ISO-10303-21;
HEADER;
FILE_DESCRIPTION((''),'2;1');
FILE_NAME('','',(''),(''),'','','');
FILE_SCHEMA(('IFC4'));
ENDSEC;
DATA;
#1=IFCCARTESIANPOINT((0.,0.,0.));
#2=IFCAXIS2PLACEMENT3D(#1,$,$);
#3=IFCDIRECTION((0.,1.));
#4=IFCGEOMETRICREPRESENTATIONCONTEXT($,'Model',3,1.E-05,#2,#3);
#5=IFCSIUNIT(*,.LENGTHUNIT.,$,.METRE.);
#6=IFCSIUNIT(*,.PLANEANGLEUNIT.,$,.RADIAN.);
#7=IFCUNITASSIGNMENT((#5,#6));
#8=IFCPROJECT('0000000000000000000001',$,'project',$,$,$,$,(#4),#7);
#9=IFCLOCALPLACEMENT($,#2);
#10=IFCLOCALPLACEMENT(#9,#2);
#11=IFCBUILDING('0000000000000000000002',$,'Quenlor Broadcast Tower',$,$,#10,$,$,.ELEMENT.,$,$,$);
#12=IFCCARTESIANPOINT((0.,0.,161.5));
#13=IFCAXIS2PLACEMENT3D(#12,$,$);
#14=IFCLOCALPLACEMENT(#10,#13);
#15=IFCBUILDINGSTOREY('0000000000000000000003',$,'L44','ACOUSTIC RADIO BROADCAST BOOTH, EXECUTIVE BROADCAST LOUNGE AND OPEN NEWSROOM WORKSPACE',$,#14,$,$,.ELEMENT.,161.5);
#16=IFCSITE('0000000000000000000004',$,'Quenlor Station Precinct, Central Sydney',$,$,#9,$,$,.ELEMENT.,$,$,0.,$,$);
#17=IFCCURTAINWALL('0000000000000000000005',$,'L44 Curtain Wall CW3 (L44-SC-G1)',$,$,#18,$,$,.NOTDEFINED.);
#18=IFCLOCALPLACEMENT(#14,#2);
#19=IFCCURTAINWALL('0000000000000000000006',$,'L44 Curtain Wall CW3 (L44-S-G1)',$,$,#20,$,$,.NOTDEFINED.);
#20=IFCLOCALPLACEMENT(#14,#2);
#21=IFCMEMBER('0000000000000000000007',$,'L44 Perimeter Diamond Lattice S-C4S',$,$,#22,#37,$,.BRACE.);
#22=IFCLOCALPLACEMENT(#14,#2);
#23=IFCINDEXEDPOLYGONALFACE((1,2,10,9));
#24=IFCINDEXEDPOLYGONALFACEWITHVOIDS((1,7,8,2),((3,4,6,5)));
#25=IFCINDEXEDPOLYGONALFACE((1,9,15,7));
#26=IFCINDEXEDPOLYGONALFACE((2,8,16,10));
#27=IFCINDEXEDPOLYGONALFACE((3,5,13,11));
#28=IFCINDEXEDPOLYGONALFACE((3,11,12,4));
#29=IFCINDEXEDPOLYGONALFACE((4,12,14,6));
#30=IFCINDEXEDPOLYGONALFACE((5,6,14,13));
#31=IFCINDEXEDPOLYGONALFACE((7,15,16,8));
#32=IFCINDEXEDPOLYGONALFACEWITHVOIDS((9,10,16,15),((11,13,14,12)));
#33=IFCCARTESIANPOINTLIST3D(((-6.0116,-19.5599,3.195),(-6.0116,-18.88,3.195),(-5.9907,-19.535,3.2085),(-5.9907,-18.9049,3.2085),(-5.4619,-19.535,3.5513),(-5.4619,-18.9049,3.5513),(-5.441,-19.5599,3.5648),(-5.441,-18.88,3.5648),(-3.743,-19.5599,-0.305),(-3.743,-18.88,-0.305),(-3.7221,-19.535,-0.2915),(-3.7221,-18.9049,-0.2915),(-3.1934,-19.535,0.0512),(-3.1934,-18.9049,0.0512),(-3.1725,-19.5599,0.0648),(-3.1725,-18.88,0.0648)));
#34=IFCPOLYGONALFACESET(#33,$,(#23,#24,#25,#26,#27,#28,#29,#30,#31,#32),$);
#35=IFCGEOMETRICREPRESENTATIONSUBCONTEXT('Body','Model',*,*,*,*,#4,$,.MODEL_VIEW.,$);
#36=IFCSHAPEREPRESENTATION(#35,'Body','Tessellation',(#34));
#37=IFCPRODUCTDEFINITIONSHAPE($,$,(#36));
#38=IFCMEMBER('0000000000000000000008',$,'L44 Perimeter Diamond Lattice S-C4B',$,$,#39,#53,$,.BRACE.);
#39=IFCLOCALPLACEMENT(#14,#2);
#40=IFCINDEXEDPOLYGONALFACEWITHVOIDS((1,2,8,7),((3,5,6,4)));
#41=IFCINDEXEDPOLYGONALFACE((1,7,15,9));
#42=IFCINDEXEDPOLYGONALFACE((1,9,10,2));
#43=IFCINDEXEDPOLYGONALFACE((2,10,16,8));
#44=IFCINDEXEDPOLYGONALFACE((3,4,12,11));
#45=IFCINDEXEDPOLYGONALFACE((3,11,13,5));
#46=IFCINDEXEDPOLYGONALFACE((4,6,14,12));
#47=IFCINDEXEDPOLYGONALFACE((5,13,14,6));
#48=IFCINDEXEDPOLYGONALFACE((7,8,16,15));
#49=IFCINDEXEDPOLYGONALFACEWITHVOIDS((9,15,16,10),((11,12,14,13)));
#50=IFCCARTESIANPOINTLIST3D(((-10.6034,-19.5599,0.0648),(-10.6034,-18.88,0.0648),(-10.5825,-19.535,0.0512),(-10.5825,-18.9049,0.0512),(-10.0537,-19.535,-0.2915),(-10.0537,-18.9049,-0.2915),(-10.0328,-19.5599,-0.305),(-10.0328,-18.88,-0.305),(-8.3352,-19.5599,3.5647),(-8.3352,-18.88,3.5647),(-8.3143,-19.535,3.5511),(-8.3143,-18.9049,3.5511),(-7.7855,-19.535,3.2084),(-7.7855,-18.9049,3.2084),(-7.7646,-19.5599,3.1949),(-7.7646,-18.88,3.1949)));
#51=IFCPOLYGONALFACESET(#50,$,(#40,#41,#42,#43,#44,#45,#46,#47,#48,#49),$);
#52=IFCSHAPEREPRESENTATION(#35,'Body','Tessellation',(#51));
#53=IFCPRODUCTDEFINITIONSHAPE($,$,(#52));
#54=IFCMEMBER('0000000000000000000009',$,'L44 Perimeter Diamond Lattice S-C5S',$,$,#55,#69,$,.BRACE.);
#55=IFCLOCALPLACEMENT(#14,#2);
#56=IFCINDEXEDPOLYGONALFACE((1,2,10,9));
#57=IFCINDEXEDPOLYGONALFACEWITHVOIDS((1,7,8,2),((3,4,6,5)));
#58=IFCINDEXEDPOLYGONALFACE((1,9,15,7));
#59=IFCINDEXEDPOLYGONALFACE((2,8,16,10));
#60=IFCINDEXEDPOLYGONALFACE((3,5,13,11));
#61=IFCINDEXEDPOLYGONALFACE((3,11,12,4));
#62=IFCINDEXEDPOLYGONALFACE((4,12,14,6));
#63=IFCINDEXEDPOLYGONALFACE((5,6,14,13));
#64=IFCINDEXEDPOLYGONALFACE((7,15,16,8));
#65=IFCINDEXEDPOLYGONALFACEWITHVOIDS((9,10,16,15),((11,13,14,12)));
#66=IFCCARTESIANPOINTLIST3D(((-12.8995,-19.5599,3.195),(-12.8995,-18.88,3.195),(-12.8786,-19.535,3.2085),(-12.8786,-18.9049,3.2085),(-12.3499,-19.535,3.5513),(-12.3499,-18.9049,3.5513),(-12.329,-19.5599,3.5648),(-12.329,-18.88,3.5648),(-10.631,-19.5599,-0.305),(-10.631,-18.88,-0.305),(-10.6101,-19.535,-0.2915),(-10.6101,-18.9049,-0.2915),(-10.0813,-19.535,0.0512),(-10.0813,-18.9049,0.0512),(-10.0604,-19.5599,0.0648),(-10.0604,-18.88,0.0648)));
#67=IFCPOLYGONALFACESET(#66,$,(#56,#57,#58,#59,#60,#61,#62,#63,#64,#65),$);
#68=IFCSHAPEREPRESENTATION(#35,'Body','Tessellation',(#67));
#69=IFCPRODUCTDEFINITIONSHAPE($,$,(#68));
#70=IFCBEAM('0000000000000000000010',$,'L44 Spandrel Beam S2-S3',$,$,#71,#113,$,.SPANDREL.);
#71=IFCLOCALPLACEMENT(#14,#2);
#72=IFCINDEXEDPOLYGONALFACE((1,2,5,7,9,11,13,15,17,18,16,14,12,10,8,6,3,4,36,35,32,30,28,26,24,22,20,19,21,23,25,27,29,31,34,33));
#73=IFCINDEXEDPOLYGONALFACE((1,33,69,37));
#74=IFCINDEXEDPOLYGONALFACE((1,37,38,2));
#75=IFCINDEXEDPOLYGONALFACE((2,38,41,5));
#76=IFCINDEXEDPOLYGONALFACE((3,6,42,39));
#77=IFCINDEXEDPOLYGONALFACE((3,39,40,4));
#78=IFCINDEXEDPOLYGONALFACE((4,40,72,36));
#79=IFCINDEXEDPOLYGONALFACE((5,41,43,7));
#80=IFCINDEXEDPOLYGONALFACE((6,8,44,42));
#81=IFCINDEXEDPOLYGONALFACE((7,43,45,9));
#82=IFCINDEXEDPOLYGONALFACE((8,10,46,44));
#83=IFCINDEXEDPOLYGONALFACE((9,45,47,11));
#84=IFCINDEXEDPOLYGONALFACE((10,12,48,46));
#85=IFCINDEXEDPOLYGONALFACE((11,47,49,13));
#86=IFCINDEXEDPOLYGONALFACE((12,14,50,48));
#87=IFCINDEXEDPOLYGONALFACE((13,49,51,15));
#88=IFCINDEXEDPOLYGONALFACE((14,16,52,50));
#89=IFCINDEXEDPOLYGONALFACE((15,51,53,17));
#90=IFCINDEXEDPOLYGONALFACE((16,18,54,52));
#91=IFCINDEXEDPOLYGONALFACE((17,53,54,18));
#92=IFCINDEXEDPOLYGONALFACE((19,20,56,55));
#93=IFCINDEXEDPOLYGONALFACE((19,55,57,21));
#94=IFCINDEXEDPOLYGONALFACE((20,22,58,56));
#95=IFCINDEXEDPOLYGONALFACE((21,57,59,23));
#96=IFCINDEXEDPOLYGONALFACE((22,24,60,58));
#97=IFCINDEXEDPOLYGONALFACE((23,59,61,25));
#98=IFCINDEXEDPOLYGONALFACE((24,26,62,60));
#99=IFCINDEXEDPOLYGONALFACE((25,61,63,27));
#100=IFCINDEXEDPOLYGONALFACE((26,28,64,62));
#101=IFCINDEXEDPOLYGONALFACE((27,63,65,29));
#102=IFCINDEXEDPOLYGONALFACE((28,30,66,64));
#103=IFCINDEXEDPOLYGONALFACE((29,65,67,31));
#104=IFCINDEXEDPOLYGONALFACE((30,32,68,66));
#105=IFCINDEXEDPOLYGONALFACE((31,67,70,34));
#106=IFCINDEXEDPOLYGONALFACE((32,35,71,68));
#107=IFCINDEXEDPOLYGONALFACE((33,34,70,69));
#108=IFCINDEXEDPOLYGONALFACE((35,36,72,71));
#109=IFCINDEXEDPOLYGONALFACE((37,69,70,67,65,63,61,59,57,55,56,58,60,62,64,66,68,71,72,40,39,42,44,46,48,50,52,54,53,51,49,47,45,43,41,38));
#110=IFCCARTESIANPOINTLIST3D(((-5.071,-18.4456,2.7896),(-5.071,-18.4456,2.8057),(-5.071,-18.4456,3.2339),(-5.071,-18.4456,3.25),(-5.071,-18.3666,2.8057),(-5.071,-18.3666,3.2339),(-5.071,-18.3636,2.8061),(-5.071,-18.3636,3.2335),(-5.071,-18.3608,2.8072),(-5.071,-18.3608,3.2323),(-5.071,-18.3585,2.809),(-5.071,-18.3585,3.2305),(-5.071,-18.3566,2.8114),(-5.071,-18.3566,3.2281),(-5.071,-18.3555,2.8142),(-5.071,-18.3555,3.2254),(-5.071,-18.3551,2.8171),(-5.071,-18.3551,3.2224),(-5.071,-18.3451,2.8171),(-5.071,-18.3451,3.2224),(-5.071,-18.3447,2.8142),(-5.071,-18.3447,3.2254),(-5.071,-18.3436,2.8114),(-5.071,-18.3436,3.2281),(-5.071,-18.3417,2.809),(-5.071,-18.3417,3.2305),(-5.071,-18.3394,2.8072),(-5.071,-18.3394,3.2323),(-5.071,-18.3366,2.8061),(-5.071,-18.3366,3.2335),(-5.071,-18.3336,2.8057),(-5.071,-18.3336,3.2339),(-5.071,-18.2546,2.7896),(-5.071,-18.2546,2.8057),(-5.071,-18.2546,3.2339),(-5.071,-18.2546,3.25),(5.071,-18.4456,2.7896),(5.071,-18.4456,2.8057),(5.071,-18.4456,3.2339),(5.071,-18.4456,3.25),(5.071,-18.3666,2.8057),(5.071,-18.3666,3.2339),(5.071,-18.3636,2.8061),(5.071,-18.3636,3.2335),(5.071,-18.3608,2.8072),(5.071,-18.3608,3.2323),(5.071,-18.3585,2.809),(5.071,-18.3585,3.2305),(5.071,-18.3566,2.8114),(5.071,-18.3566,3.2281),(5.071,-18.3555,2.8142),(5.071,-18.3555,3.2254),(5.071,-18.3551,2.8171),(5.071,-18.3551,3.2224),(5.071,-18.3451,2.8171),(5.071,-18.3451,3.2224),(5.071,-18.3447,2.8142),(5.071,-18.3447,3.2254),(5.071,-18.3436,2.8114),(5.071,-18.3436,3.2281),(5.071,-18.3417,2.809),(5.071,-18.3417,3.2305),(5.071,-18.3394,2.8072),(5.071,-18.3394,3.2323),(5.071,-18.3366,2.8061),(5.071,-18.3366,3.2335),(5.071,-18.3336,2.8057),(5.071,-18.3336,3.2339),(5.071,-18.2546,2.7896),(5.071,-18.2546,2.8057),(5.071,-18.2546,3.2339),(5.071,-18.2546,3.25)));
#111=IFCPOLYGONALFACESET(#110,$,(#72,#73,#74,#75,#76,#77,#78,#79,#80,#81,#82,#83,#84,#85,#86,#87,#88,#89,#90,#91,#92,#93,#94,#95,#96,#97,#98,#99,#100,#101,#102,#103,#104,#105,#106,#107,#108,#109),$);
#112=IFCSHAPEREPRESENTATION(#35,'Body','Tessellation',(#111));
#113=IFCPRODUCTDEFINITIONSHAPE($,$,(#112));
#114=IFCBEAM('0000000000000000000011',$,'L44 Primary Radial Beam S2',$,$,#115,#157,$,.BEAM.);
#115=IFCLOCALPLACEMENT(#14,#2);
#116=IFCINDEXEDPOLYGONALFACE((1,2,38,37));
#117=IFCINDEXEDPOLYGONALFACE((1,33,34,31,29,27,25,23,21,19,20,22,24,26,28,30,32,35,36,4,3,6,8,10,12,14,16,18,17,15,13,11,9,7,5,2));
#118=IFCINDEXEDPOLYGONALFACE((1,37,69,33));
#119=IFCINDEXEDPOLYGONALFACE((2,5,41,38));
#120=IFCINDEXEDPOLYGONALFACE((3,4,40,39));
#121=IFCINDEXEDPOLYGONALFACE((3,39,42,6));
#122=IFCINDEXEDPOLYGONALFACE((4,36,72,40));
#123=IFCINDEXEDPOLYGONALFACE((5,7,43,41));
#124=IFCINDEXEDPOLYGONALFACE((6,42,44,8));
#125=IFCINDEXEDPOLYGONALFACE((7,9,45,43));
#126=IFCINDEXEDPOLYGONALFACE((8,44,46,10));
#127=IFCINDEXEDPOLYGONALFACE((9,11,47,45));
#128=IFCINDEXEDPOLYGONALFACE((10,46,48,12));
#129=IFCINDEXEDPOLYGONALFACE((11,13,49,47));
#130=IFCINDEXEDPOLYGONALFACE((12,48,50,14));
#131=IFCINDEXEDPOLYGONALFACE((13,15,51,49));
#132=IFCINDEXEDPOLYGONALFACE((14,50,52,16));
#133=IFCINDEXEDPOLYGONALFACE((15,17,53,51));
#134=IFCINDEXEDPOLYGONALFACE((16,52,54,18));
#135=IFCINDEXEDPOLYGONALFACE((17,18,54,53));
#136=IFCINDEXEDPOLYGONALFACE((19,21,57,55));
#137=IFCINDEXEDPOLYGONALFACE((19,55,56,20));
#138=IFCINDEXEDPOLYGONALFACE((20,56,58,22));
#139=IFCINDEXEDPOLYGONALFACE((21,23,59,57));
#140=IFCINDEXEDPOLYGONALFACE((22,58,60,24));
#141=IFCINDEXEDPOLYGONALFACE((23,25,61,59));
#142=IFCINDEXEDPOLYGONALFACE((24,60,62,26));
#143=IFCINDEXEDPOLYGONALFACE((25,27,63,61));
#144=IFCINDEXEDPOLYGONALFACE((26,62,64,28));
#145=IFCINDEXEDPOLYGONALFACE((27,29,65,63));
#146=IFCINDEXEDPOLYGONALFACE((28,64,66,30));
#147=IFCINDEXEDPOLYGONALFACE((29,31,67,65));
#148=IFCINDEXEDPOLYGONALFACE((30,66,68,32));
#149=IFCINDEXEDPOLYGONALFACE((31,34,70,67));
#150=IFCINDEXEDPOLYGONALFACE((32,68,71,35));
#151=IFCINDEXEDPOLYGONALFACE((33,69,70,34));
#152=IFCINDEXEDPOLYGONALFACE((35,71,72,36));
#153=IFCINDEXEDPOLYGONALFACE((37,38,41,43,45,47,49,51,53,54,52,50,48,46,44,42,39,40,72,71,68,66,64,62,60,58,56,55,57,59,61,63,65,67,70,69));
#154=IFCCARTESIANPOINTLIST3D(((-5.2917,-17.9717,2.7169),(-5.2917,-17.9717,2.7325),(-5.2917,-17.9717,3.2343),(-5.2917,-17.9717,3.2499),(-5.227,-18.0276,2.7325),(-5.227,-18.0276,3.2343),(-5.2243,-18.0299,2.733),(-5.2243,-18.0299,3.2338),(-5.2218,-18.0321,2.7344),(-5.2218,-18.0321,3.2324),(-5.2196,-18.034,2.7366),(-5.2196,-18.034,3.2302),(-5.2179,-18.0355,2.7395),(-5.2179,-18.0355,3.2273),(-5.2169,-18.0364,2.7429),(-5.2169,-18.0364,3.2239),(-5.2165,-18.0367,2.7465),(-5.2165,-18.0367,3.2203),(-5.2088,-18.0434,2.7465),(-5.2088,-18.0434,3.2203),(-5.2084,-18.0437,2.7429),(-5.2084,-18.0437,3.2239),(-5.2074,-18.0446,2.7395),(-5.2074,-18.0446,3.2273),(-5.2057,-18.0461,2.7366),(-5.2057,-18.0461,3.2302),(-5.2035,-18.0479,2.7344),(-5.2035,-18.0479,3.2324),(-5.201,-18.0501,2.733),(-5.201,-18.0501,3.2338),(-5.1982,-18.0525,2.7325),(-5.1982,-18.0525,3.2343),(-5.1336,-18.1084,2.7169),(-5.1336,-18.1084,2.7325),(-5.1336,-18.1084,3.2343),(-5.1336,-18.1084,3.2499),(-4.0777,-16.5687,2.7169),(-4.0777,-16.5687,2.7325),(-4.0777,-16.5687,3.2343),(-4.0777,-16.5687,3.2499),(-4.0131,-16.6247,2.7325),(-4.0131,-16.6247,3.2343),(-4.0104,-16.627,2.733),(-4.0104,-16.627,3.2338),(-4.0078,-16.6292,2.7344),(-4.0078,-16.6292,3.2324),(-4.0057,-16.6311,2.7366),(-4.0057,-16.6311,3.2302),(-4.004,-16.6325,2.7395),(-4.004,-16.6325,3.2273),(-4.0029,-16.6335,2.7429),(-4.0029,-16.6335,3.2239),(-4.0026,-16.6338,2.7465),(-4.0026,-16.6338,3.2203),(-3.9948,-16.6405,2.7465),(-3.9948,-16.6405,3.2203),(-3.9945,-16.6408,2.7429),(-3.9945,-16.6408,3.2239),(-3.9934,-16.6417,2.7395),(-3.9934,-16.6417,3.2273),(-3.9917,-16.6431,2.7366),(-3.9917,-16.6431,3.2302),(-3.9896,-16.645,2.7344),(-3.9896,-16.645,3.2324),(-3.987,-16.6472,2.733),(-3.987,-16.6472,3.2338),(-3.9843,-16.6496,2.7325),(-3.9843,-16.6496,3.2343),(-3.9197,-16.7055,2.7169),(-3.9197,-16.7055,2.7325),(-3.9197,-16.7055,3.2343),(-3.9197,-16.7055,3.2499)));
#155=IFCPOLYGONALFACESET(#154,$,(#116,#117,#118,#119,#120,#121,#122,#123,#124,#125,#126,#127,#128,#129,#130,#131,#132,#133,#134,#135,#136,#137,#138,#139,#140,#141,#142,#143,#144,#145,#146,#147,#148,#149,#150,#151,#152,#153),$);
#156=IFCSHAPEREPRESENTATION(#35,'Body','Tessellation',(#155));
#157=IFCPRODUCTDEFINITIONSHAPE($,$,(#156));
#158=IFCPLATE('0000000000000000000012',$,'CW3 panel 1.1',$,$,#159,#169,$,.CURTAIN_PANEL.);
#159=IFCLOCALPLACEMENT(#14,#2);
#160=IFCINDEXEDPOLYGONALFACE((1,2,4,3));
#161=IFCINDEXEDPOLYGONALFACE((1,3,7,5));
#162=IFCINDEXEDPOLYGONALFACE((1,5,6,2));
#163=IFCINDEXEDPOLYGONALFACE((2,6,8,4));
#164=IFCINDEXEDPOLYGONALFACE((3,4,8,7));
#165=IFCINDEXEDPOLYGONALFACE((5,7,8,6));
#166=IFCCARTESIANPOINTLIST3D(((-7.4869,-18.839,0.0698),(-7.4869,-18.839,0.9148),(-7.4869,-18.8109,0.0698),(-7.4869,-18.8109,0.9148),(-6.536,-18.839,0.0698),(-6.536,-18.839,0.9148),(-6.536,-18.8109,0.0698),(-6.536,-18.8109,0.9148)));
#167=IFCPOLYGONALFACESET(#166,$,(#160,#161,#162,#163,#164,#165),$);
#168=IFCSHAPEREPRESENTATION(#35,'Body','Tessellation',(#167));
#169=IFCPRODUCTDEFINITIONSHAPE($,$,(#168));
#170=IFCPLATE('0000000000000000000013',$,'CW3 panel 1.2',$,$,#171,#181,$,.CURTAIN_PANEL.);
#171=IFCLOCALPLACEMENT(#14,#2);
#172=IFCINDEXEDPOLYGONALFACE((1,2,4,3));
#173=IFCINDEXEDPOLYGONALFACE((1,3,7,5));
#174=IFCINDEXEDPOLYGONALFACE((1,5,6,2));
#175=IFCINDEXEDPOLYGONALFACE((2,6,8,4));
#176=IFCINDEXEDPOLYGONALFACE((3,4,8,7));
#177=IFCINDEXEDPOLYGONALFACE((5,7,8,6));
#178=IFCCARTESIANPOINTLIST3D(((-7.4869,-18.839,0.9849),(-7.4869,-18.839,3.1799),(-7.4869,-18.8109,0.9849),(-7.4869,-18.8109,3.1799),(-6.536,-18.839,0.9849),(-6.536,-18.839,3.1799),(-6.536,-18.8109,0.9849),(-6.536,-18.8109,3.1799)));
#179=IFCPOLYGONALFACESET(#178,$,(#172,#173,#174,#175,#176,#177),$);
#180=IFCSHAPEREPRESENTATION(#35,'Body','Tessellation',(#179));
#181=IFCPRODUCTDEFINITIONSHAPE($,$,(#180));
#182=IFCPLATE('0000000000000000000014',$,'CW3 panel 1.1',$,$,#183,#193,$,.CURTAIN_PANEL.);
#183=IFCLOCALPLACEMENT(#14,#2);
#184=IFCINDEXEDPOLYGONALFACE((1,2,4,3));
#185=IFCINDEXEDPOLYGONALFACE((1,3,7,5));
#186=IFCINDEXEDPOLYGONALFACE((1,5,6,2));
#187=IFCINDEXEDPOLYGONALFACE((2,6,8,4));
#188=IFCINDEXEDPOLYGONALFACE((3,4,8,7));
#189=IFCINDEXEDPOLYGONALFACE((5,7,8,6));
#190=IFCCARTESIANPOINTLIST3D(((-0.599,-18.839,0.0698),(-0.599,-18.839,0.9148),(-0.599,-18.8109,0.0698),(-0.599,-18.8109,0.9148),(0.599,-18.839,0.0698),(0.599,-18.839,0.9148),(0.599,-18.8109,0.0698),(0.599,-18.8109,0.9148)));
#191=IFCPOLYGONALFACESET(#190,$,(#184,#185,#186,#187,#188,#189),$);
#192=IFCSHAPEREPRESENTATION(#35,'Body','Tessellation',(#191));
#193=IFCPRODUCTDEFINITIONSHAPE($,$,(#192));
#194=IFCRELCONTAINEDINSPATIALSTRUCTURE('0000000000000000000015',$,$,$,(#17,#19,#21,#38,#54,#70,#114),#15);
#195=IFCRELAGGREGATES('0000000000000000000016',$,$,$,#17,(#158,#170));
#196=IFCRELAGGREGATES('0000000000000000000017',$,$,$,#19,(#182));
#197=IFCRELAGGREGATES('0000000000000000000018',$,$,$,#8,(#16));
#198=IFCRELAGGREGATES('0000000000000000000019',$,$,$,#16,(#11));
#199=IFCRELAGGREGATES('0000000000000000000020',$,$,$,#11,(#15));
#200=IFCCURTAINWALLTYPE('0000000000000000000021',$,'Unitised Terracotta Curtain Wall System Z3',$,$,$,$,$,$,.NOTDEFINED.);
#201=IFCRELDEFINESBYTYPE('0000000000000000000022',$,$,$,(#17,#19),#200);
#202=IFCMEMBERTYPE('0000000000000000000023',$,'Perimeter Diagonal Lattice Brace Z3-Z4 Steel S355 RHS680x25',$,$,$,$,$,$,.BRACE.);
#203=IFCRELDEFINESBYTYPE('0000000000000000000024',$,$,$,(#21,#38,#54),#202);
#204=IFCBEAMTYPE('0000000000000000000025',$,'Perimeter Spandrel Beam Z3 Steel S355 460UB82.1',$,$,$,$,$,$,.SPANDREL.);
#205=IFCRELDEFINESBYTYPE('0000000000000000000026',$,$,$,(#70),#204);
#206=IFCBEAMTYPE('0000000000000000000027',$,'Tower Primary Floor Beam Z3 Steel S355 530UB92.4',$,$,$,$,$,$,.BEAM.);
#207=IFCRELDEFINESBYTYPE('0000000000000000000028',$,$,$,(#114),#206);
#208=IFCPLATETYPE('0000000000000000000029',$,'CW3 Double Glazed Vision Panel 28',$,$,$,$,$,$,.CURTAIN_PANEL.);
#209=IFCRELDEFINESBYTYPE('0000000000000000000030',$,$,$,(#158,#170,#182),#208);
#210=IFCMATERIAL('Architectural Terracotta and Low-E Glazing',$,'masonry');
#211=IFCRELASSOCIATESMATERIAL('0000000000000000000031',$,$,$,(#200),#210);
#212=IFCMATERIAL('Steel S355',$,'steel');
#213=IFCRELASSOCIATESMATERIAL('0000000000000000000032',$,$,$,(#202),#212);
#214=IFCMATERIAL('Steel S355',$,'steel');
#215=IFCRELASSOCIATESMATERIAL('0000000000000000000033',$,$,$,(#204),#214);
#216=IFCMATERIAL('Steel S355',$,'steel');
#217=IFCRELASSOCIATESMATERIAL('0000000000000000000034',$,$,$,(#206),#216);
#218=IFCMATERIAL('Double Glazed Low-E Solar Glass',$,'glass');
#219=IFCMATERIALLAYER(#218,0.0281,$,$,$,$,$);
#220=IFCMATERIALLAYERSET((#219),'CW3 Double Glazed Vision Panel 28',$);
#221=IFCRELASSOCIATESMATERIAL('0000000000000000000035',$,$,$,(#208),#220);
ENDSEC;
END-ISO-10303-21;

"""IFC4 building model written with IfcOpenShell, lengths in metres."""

from ifc_helpers import new_model, si_unit, direction, frame, origin, origin_2d, place, context, subcontext, project, spatial, rectangle, hollow_rectangle, i_section, extrude, material, layer, layer_set, material_profile, profile_set, type_object, element, aggregate, save


model = new_model("IFC4")

# Units and contexts
model_context = context("Model", 3, precision=1e-05, world=origin(), true_north=direction((0.0, 1.0)))
body_context = subcontext(model_context, "Body", "Model", "MODEL_VIEW")
ifc_project = project(units=[si_unit("LENGTHUNIT", "METRE"), si_unit("PLANEANGLEUNIT", "RADIAN")], contexts=[model_context])

# Site, building, storey
site_placement = place(None, origin())
site = spatial("IfcSite", under=ifc_project, at=site_placement, Name="Quenlor Station Precinct, Central Sydney", CompositionType="ELEMENT", RefElevation=0.0)
building_placement = place(site_placement, origin())
building = spatial("IfcBuilding", under=site, at=building_placement, Name="Quenlor Broadcast Tower", CompositionType="ELEMENT")
storey_placement = place(building_placement, frame((0.0, 0.0, 161.5)))
storey = spatial("IfcBuildingStorey", under=building, at=storey_placement, Name="L44", Description="ACOUSTIC RADIO BROADCAST BOOTH, EXECUTIVE BROADCAST LOUNGE AND OPEN NEWSROOM WORKSPACE", CompositionType="ELEMENT", Elevation=161.5)

# Curtain wall
ifc_material_1 = material(Name="Architectural Terracotta and Low-E Glazing", Category="masonry")
curtain_wall_type = type_object("IfcCurtainWallType", Name="Unitised Terracotta Curtain Wall System Z3", PredefinedType="NOTDEFINED", material=ifc_material_1)
curtain_wall_1_placement = place(storey_placement, origin())
curtain_wall_1 = element("IfcCurtainWall", 1, at=curtain_wall_1_placement, inside=storey, type_object=curtain_wall_type, Name="L44 Curtain Wall CW3 (L44-SC-G1)", PredefinedType="NOTDEFINED")

# Curtain wall
curtain_wall_2_placement = place(storey_placement, origin())
curtain_wall_2 = element("IfcCurtainWall", 2, at=curtain_wall_2_placement, inside=storey, type_object=curtain_wall_type, Name="L44 Curtain Wall CW3 (L44-S-G1)", PredefinedType="NOTDEFINED")

# Members
ifc_material_2 = material(Name="Steel S355", Category="steel")
ifc_material_profile_1 = material_profile(ifc_material_2, hollow_rectangle(XDim=0.6799, YDim=0.6799, WallThickness=0.0249, at=origin_2d()))
ifc_profile_set_1 = profile_set([ifc_material_profile_1], Name="Steel S355 RHS680x680x25")
member_type_1 = type_object("IfcMemberType", Name="Perimeter Diagonal Lattice Brace Z3-Z4 Steel S355 RHS680x25", PredefinedType="BRACE", material=ifc_profile_set_1)
member_1_placement = place(storey_placement, frame((-3.4578, -19.22, -0.1201), z_axis=(-0.543902, 0.0, 0.839149), x_axis=(0.0, -1.0, 0.0)))
element("IfcMember", 3, at=member_1_placement, inside=storey, type_object=member_type_1, Name="L44 Perimeter Diamond Lattice S-C4S", PredefinedType="BRACE", context=body_context, shape_type="SweptSolid", body=[
    extrude(hollow_rectangle(XDim=0.6799, YDim=0.6799, WallThickness=0.0249, at=origin_2d()), origin(), (0.0, 0.0, 1.0), 4.1709),
])
member_2_placement = place(storey_placement, frame((-10.3181, -19.22, -0.1201), z_axis=(0.54386, 0.0, 0.839176), x_axis=(0.0, 1.0, 0.0)))
element("IfcMember", 4, at=member_2_placement, inside=storey, type_object=member_type_1, Name="L44 Perimeter Diamond Lattice S-C4B", PredefinedType="BRACE", context=body_context, shape_type="SweptSolid", body=[
    extrude(hollow_rectangle(XDim=0.6799, YDim=0.6799, WallThickness=0.0249, at=origin_2d()), origin(), (0.0, 0.0, 1.0), 4.1707),
])
member_3_placement = place(storey_placement, frame((-10.3457, -19.22, -0.1201), z_axis=(-0.543902, 0.0, 0.839149), x_axis=(0.0, -1.0, 0.0)))
element("IfcMember", 5, at=member_3_placement, inside=storey, type_object=member_type_1, Name="L44 Perimeter Diamond Lattice S-C5S", PredefinedType="BRACE", context=body_context, shape_type="SweptSolid", body=[
    extrude(hollow_rectangle(XDim=0.6799, YDim=0.6799, WallThickness=0.0249, at=origin_2d()), origin(), (0.0, 0.0, 1.0), 4.1709),
])

# Beams
ifc_material_3 = material(Name="Steel S355", Category="steel")
ifc_material_profile_2 = material_profile(ifc_material_3, i_section(OverallWidth=0.1909, OverallDepth=0.4604, WebThickness=0.01, FlangeThickness=0.0161, FilletRadius=0.0115, at=origin_2d()))
ifc_profile_set_2 = profile_set([ifc_material_profile_2], Name="Steel S355 460UB82.1")
beam_type_1 = type_object("IfcBeamType", Name="Perimeter Spandrel Beam Z3 Steel S355 460UB82.1", PredefinedType="SPANDREL", material=ifc_profile_set_2)
beam_1_placement = place(storey_placement, frame((-5.071, -18.3501, 3.0198), z_axis=(1.0, 0.0, 0.0), x_axis=(0.0, 1.0, 0.0)))
element("IfcBeam", 6, at=beam_1_placement, inside=storey, type_object=beam_type_1, Name="L44 Spandrel Beam S2-S3", PredefinedType="SPANDREL", context=body_context, shape_type="SweptSolid", body=[
    extrude(i_section(OverallWidth=0.1909, OverallDepth=0.4604, WebThickness=0.01, FlangeThickness=0.0161, FilletRadius=0.0115, at=origin_2d()), origin(), (0.0, 0.0, 1.0), 10.1421),
])
ifc_material_4 = material(Name="Steel S355", Category="steel")
ifc_material_profile_3 = material_profile(ifc_material_4, i_section(OverallWidth=0.209, OverallDepth=0.533, WebThickness=0.0103, FlangeThickness=0.0156, FilletRadius=0.0139, at=origin_2d()))
ifc_profile_set_3 = profile_set([ifc_material_profile_3], Name="Steel S355 530UB92.4")
beam_type_2 = type_object("IfcBeamType", Name="Tower Primary Floor Beam Z3 Steel S355 530UB92.4", PredefinedType="BEAM", material=ifc_profile_set_3)
beam_2_placement = place(storey_placement, frame((-5.2126, -18.04, 2.9834), z_axis=(0.654339, 0.756201, 0.0), x_axis=(-0.756201, 0.654339, 0.0)))
element("IfcBeam", 7, at=beam_2_placement, inside=storey, type_object=beam_type_2, Name="L44 Primary Radial Beam S2", PredefinedType="BEAM", context=body_context, shape_type="SweptSolid", body=[
    extrude(i_section(OverallWidth=0.209, OverallDepth=0.533, WebThickness=0.0103, FlangeThickness=0.0156, FilletRadius=0.0139, at=origin_2d()), origin(), (0.0, 0.0, 1.0), 1.8552),
])

# Plates
ifc_material_5 = material(Name="Double Glazed Low-E Solar Glass", Category="glass")
ifc_layer_1 = layer(ifc_material_5, 0.0281)
ifc_layer_set_1 = layer_set([ifc_layer_1], Name="CW3 Double Glazed Vision Panel 28")
plate_type_1 = type_object("IfcPlateType", Name="CW3 Double Glazed Vision Panel 28", PredefinedType="CURTAIN_PANEL", material=ifc_layer_set_1)
plate_1_placement = place(storey_placement, frame((-7.0115, -18.825, 0.0698), z_axis=(0.0, 0.0, 1.0), x_axis=(-1.0, 0.0, 0.0)))
plate_1 = element("IfcPlate", 8, at=plate_1_placement, type_object=plate_type_1, Name="CW3 panel 1.1", PredefinedType="CURTAIN_PANEL", context=body_context, shape_type="SweptSolid", body=[
    extrude(rectangle(XDim=0.9509, YDim=0.0281, at=origin_2d()), origin(), (0.0, 0.0, 1.0), 0.845),
])
plate_2_placement = place(storey_placement, frame((-7.0115, -18.825, 0.9849), z_axis=(0.0, 0.0, 1.0), x_axis=(-1.0, 0.0, 0.0)))
plate_2 = element("IfcPlate", 9, at=plate_2_placement, type_object=plate_type_1, Name="CW3 panel 1.2", PredefinedType="CURTAIN_PANEL", context=body_context, shape_type="SweptSolid", body=[
    extrude(rectangle(XDim=0.9509, YDim=0.0281, at=origin_2d()), origin(), (0.0, 0.0, 1.0), 2.1951),
])
aggregate(curtain_wall_1, [plate_1, plate_2])
plate_3_placement = place(storey_placement, frame((0.0, -18.825, 0.0698), z_axis=(0.0, 0.0, 1.0), x_axis=(-1.0, 0.0, 0.0)))
plate_3 = element("IfcPlate", 10, at=plate_3_placement, type_object=plate_type_1, Name="CW3 panel 1.1", PredefinedType="CURTAIN_PANEL", context=body_context, shape_type="SweptSolid", body=[
    extrude(rectangle(XDim=1.198, YDim=0.0281, at=origin_2d()), origin(), (0.0, 0.0, 1.0), 0.845),
])
aggregate(curtain_wall_2, [plate_3])

save(model, "model.ifc")
